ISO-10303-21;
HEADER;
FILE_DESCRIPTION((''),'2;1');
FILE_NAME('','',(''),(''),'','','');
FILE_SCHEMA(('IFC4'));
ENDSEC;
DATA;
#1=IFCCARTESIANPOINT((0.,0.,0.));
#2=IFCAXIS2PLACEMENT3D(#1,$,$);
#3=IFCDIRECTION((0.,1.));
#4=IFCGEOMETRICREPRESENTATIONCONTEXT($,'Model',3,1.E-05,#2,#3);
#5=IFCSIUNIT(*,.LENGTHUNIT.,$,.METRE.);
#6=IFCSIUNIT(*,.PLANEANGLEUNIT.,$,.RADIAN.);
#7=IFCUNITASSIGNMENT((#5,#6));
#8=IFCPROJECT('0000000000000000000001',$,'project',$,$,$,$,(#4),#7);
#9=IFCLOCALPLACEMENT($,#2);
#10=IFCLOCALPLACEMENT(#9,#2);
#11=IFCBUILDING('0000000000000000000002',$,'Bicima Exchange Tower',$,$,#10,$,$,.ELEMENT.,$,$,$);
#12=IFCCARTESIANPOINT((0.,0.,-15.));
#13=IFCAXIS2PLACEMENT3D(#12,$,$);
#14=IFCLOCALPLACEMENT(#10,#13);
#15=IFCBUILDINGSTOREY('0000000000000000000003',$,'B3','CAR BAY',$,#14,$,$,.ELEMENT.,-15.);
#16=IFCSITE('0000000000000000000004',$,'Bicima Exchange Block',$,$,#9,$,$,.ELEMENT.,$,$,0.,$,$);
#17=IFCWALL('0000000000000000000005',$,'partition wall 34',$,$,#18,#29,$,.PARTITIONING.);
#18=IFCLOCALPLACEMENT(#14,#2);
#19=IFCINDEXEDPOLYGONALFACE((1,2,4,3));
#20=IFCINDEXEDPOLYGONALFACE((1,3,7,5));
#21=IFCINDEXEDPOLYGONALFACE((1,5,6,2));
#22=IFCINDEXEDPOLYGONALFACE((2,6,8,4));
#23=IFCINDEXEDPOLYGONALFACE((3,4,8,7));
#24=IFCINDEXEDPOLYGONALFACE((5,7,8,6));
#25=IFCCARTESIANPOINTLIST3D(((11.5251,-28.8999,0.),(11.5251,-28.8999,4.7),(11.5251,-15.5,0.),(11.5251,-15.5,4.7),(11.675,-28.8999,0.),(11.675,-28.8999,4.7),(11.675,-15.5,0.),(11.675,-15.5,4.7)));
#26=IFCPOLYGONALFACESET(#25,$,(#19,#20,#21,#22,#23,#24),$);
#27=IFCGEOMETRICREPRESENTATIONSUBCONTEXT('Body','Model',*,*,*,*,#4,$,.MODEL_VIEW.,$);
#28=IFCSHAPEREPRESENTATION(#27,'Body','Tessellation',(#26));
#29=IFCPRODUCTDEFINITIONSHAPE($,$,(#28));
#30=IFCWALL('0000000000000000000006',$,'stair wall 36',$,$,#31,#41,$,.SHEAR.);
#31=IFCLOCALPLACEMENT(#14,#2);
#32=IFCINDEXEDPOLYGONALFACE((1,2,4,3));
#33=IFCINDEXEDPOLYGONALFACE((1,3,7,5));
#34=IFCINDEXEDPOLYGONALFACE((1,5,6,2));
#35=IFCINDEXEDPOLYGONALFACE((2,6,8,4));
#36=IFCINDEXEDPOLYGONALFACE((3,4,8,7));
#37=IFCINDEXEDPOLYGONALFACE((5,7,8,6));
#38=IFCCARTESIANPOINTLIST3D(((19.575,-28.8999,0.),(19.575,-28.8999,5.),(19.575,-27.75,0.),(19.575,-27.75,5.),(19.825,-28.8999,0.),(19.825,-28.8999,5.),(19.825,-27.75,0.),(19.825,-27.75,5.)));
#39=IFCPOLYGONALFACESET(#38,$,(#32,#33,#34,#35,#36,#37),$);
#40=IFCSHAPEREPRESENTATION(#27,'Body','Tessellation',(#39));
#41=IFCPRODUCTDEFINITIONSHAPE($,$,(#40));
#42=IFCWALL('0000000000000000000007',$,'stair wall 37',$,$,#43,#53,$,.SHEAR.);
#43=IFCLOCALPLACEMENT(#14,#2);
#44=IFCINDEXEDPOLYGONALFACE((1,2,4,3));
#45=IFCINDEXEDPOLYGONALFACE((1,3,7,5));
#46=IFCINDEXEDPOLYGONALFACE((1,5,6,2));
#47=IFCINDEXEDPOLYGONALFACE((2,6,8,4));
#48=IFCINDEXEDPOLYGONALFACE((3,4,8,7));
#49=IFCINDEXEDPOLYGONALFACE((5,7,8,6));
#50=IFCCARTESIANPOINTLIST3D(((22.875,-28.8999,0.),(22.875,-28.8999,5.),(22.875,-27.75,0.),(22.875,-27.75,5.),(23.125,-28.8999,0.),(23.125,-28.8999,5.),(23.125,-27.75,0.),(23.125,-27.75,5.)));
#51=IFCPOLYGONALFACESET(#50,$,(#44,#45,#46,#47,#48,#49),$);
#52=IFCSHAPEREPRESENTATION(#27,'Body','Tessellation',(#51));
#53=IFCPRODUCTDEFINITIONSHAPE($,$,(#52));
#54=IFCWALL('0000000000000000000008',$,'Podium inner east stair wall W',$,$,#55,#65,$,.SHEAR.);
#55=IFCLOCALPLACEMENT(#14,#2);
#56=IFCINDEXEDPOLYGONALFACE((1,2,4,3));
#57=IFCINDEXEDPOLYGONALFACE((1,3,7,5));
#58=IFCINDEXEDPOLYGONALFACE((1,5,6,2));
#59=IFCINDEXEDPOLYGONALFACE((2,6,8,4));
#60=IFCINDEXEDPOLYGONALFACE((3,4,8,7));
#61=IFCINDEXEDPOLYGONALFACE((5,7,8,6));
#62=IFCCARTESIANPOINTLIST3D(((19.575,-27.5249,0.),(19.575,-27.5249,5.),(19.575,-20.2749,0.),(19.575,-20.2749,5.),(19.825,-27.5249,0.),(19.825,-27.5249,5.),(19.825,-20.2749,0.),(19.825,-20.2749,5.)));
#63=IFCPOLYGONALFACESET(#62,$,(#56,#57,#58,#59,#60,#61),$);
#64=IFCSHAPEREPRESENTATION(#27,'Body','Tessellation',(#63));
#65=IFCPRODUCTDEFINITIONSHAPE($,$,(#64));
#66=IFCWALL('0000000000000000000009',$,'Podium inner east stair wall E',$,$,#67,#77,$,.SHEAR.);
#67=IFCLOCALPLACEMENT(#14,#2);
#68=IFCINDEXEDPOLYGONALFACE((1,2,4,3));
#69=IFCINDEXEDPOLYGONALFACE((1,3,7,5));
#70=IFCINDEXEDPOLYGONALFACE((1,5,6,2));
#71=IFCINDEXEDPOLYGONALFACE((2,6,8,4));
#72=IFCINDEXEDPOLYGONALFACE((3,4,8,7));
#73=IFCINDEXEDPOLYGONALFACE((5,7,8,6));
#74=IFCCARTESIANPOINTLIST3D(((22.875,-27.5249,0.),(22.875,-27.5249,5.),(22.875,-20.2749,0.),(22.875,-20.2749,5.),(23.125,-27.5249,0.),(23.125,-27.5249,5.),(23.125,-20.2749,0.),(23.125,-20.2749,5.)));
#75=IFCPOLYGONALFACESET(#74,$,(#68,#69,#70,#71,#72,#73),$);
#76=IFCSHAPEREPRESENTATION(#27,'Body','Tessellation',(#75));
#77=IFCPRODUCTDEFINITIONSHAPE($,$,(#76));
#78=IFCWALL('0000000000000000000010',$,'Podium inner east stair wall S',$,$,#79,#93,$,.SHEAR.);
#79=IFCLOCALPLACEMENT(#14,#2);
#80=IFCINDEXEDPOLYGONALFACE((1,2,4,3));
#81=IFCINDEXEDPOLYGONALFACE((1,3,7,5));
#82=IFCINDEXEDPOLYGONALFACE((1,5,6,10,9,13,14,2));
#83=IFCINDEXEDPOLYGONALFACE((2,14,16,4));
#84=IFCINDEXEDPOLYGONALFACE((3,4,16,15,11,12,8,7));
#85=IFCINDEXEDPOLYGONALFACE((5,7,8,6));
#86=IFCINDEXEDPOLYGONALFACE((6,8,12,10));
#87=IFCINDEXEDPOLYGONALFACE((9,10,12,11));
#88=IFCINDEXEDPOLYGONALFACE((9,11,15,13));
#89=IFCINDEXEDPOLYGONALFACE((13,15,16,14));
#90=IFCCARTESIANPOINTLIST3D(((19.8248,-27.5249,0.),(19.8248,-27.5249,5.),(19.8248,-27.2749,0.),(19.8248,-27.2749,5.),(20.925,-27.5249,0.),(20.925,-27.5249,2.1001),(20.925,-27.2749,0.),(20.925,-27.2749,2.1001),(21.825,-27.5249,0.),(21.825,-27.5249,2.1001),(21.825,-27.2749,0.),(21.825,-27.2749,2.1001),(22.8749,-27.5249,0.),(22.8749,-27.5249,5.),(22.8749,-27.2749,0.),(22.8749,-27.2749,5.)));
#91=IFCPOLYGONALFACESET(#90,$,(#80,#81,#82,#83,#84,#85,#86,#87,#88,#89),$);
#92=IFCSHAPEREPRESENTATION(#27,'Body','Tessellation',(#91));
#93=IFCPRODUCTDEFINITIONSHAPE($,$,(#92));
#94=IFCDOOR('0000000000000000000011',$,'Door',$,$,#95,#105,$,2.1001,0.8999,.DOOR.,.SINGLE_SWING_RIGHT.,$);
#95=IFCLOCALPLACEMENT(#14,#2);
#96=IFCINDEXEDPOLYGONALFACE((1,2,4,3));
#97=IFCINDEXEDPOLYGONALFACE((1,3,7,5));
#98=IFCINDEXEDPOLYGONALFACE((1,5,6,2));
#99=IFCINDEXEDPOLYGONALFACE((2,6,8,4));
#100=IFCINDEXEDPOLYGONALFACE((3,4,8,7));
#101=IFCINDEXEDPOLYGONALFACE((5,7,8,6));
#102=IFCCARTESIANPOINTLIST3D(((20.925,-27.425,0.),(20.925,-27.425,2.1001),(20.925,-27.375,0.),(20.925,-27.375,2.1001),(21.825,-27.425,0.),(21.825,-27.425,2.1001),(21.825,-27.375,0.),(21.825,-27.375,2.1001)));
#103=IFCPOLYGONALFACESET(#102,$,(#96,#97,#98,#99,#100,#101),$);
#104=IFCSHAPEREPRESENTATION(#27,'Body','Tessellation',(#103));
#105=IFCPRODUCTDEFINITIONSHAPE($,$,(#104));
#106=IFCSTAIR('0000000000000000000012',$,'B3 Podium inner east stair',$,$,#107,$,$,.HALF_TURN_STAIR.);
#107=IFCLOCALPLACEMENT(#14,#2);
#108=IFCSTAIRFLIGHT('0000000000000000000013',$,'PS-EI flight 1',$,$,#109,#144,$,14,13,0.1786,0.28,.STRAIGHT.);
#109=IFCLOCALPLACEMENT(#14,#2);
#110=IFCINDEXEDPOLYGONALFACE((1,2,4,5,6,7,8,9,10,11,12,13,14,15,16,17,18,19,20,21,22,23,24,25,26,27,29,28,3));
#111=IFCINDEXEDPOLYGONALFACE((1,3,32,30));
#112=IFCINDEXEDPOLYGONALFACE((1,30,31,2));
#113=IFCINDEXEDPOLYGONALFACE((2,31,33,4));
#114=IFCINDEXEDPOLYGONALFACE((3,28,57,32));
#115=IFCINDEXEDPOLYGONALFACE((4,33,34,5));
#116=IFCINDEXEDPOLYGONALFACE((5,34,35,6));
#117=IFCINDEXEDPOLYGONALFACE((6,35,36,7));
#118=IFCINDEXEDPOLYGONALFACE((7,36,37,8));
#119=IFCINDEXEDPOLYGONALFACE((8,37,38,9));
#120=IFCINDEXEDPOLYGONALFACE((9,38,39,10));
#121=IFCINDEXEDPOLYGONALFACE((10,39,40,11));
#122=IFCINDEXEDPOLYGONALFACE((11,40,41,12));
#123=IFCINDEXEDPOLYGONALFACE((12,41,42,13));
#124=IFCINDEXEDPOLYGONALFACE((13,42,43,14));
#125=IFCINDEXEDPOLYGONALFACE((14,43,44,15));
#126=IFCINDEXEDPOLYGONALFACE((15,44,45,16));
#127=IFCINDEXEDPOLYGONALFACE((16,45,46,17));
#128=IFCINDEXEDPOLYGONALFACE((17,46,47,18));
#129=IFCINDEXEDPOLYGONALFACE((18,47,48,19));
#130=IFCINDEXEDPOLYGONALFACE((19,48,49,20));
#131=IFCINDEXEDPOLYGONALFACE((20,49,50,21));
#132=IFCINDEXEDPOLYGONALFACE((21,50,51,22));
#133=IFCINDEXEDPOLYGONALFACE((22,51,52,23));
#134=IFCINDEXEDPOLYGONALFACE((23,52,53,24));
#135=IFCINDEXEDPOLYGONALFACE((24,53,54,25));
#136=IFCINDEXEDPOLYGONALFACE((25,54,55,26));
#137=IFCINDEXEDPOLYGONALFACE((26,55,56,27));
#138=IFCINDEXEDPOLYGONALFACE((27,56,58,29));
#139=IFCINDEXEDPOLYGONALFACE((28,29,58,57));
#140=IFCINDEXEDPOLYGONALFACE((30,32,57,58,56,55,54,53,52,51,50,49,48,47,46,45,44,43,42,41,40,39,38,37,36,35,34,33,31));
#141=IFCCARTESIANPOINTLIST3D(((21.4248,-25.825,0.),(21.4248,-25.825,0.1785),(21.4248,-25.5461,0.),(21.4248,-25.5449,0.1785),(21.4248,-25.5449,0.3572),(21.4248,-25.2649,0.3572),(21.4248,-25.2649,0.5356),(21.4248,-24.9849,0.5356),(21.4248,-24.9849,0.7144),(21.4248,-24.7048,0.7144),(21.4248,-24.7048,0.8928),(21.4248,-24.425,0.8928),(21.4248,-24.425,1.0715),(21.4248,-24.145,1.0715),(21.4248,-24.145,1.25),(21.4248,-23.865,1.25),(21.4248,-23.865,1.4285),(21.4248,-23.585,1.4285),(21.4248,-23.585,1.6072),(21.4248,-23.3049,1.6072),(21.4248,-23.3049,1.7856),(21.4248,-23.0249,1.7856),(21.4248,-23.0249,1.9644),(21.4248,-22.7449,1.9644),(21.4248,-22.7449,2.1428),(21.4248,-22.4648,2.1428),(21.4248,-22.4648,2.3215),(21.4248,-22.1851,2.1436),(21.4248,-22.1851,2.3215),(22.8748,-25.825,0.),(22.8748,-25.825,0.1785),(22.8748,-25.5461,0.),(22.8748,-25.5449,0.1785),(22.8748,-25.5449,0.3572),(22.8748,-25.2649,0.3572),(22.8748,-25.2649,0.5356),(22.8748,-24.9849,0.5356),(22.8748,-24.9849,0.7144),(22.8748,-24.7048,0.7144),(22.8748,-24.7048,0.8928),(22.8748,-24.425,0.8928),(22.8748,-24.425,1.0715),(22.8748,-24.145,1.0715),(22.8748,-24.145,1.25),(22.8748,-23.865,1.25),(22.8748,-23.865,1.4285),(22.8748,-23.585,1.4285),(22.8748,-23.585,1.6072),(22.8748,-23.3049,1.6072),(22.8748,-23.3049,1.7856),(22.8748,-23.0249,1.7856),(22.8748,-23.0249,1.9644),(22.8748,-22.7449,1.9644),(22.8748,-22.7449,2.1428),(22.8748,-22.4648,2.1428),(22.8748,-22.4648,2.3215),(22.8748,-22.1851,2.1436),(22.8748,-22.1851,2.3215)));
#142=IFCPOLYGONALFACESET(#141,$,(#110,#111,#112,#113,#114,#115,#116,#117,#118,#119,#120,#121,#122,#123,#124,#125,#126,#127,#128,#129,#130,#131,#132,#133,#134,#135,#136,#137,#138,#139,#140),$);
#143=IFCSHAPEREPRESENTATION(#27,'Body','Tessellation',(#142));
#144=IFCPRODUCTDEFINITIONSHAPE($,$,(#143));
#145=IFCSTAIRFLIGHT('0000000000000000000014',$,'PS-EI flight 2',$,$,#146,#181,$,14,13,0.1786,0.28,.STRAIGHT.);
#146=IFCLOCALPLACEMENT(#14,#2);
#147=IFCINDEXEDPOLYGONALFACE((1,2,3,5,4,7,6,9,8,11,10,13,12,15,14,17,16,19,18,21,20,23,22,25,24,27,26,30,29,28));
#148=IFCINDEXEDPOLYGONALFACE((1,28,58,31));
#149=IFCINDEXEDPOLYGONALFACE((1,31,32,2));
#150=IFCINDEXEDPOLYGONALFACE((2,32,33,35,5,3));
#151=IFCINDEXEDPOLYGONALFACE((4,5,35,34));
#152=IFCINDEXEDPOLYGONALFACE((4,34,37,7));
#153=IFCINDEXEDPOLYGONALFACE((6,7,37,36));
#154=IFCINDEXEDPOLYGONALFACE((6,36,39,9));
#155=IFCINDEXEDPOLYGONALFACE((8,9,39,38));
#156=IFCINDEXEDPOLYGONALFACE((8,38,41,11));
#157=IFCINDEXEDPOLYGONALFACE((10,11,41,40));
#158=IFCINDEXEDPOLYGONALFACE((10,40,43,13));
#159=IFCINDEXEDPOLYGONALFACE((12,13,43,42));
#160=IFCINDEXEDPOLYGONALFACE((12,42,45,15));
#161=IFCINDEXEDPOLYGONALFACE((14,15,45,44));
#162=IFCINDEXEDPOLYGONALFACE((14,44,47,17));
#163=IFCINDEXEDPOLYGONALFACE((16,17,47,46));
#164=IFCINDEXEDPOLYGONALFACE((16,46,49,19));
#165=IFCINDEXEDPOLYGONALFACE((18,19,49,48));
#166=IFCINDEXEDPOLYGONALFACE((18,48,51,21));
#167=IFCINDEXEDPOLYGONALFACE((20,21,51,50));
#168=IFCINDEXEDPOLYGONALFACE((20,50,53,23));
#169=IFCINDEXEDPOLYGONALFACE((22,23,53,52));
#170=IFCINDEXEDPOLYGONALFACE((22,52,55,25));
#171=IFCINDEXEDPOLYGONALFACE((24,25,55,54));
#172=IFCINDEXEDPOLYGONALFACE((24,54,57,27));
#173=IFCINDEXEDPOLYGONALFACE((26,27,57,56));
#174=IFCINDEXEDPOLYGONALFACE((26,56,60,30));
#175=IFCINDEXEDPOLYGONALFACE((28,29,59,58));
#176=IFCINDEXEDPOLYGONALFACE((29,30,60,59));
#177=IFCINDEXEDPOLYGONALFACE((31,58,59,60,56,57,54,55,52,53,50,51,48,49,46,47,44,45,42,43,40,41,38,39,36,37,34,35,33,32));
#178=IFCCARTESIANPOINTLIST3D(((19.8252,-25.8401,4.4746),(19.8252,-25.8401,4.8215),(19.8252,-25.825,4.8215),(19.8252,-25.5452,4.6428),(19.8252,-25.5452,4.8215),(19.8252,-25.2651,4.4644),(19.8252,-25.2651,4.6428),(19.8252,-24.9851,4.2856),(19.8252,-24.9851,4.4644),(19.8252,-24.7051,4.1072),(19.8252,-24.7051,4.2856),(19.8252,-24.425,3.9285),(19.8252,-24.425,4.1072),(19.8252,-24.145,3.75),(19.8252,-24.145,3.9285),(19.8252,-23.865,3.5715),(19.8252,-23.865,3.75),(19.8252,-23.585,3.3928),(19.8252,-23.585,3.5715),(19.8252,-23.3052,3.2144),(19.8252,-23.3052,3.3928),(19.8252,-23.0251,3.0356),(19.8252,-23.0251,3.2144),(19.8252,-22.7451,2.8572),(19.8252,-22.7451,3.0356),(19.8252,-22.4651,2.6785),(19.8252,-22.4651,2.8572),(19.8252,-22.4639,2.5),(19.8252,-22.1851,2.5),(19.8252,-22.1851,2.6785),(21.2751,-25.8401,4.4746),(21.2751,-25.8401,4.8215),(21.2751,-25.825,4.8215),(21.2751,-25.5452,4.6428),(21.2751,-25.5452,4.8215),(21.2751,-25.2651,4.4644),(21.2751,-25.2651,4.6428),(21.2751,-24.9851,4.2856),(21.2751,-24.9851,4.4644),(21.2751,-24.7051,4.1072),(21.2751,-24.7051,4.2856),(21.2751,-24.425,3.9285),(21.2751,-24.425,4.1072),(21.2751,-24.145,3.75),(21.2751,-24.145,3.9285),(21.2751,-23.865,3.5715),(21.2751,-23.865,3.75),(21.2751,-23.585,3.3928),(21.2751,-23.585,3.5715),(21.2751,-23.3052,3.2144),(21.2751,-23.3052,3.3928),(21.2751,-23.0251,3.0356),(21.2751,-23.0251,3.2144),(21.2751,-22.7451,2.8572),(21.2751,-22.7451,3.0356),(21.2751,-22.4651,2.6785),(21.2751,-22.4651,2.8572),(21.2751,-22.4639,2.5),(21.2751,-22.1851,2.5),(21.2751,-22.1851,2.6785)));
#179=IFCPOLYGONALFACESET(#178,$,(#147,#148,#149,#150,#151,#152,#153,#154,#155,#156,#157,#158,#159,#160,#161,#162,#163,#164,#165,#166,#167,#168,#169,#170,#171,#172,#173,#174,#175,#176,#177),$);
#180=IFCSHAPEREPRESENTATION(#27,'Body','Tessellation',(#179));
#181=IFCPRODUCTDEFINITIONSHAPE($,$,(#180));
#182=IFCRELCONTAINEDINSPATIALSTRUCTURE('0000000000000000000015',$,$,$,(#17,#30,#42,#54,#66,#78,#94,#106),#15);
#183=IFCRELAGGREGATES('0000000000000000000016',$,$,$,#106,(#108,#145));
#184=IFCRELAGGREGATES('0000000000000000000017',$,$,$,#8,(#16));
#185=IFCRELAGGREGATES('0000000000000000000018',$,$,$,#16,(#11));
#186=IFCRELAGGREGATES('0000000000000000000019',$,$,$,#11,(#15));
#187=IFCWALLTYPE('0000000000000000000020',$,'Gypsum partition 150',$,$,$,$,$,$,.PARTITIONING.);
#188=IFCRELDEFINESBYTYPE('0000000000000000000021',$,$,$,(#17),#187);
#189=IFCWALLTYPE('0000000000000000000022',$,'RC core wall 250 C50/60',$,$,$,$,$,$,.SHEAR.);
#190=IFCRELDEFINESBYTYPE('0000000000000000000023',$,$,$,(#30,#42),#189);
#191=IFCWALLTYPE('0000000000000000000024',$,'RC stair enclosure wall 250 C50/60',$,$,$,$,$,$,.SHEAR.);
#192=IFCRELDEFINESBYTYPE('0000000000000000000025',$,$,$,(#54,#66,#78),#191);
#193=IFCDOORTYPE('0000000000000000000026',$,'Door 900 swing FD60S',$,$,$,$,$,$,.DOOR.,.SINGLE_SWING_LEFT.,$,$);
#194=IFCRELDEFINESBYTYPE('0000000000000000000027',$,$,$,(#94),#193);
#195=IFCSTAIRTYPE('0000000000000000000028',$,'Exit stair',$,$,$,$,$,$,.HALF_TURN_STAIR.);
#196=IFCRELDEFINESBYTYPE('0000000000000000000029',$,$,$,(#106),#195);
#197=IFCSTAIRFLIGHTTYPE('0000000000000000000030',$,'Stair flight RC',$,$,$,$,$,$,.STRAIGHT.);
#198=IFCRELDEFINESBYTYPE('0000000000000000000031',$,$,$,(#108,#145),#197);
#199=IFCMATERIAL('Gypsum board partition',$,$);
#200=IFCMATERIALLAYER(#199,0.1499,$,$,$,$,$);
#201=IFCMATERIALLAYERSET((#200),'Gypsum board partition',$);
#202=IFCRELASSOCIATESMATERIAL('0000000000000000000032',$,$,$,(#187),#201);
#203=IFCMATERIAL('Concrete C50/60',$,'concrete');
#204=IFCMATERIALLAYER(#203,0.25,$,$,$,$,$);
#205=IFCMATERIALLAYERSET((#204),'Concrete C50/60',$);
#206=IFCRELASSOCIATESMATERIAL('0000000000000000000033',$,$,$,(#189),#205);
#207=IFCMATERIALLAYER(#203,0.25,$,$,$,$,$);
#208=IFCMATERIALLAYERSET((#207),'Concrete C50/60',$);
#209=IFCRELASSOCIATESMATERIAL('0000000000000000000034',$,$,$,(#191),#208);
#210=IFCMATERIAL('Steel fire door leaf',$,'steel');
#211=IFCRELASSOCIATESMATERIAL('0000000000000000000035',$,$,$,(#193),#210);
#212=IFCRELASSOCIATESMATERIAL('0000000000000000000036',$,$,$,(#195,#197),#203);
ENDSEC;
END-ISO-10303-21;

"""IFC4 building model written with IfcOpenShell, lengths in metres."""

from ifc_helpers import new_model, si_unit, direction, frame, frame_2d, origin, place, context, subcontext, project, spatial, polyline, rectangle, outline, extrude, material, layer, layer_set, type_object, element, fill, aggregate, save


model = new_model("IFC4")

# Units and contexts
model_context = context("Model", 3, precision=1e-05, world=origin(), true_north=direction((0.0, 1.0)))
body_context = subcontext(model_context, "Body", "Model", "MODEL_VIEW")
ifc_project = project(units=[si_unit("LENGTHUNIT", "METRE"), si_unit("PLANEANGLEUNIT", "RADIAN")], contexts=[model_context])

# Site, building, storey
site_placement = place(None, origin())
site = spatial("IfcSite", under=ifc_project, at=site_placement, Name="Bicima Exchange Block", CompositionType="ELEMENT", RefElevation=0.0)
building_placement = place(site_placement, origin())
building = spatial("IfcBuilding", under=site, at=building_placement, Name="Bicima Exchange Tower", CompositionType="ELEMENT")
storey_placement = place(building_placement, frame((0.0, 0.0, -15.0)))
storey = spatial("IfcBuildingStorey", under=building, at=storey_placement, Name="B3", Description="CAR BAY", CompositionType="ELEMENT", Elevation=-15.0)

# Shared definitions
ifc_material_1 = material(Name="Gypsum board partition")
ifc_material_2 = material(Name="Steel fire door leaf", Category="steel")

# Walls
ifc_layer_1 = layer(ifc_material_1, 0.1499)
ifc_layer_set_1 = layer_set([ifc_layer_1], Name="Gypsum board partition")
wall_type_1 = type_object("IfcWallType", Name="Gypsum partition 150", PredefinedType="PARTITIONING", material=ifc_layer_set_1)
for number, where, z_axis, x_axis, name in (
    (1, (11.6001, -28.8999, 0.0), (0.0, 0.0, 1.0), (0.0, 1.0, 0.0), "partition wall 34"),
):
    element("IfcWall", number, at=place(storey_placement, frame(where, z_axis=z_axis, x_axis=x_axis)), inside=storey, type_object=wall_type_1, Name=name, PredefinedType="PARTITIONING", context=body_context, shape_type="SweptSolid", body=[
        extrude(rectangle(XDim=13.3999, YDim=0.1499, at=frame_2d((6.7, 0.0))), origin(), (0.0, 0.0, 1.0), 4.7),
    ])
ifc_material_3 = material(Name="Concrete C50/60", Category="concrete")
ifc_layer_2 = layer(ifc_material_3, 0.25)
ifc_layer_set_2 = layer_set([ifc_layer_2], Name="Concrete C50/60")
wall_type_2 = type_object("IfcWallType", Name="RC core wall 250 C50/60", PredefinedType="SHEAR", material=ifc_layer_set_2)
for number, where, z_axis, x_axis, name in (
    (2, (19.7, -28.8999, 0.0), (0.0, 0.0, 1.0), (0.0, 1.0, 0.0), "stair wall 36"),
    (3, (23.0, -28.8999, 0.0), (0.0, 0.0, 1.0), (0.0, 1.0, 0.0), "stair wall 37"),
):
    element("IfcWall", number, at=place(storey_placement, frame(where, z_axis=z_axis, x_axis=x_axis)), inside=storey, type_object=wall_type_2, Name=name, PredefinedType="SHEAR", context=body_context, shape_type="SweptSolid", body=[
        extrude(rectangle(XDim=1.1499, YDim=0.25, at=frame_2d((0.575, 0.0))), origin(), (0.0, 0.0, 1.0), 5.0),
    ])
ifc_layer_3 = layer(ifc_material_3, 0.25)
ifc_layer_set_3 = layer_set([ifc_layer_3], Name="Concrete C50/60")
wall_type_3 = type_object("IfcWallType", Name="RC stair enclosure wall 250 C50/60", PredefinedType="SHEAR", material=ifc_layer_set_3)
for number, where, z_axis, x_axis, name in (
    (4, (19.7, -27.5249, 0.0), (0.0, 0.0, 1.0), (0.0, 1.0, 0.0), "Podium inner east stair wall W"),
    (5, (23.0, -27.5249, 0.0), (0.0, 0.0, 1.0), (0.0, 1.0, 0.0), "Podium inner east stair wall E"),
):
    element("IfcWall", number, at=place(storey_placement, frame(where, z_axis=z_axis, x_axis=x_axis)), inside=storey, type_object=wall_type_3, Name=name, PredefinedType="SHEAR", context=body_context, shape_type="SweptSolid", body=[
        extrude(rectangle(XDim=7.25, YDim=0.25, at=frame_2d((3.625, 0.0))), origin(), (0.0, 0.0, 1.0), 5.0),
    ])

# Wall, opening, door
wall_1_placement = place(storey_placement, frame((19.825, -27.3999, 0.0), z_axis=(0.0, 0.0, 1.0), x_axis=(1.0, 0.0, 0.0)))
wall_1 = element("IfcWall", 6, at=wall_1_placement, inside=storey, type_object=wall_type_3, Name="Podium inner east stair wall S", PredefinedType="SHEAR", context=body_context, shape_type="SweptSolid", body=[
    extrude(rectangle(XDim=3.05, YDim=0.25, at=frame_2d((1.5249, 0.0))), origin(), (0.0, 0.0, 1.0), 5.0),
])
opening_1_placement = place(wall_1_placement, frame((1.1001, 0.0, 0.0)))
opening_1 = element("IfcOpeningElement", 7, at=opening_1_placement, cuts=wall_1, PredefinedType="OPENING", context=body_context, shape_type="SweptSolid", body=[
    extrude(rectangle(XDim=0.8999, YDim=2.1001, at=frame_2d((0.45, 1.05))), frame((0.0, 0.137, 0.0), z_axis=(0.0, -1.0, 0.0), x_axis=(1.0, 0.0, 0.0)), (0.0, 0.0, 1.0), 0.2739),
])
door_type_1 = type_object("IfcDoorType", Name="Door 900 swing FD60S", OperationType="SINGLE_SWING_LEFT", PredefinedType="DOOR", material=ifc_material_2)
door_1_placement = place(opening_1_placement, origin())
door_1 = element("IfcDoor", 8, at=door_1_placement, inside=storey, type_object=door_type_1, Name="Door", OperationType="SINGLE_SWING_RIGHT", OverallHeight=2.1001, OverallWidth=0.8999, PredefinedType="DOOR", context=body_context, shape_type="SweptSolid", body=[
    extrude(rectangle(XDim=0.8999, YDim=2.1001, at=frame_2d((0.45, 1.05))), frame((0.0, 0.0249, 0.0), z_axis=(0.0, -1.0, 0.0), x_axis=(1.0, 0.0, 0.0)), (0.0, 0.0, 1.0), 0.05),
])
fill(opening_1, door_1)

# Stair, stair flights
stair_type = type_object("IfcStairType", Name="Exit stair", PredefinedType="HALF_TURN_STAIR", material=ifc_material_3)
stair_placement = place(storey_placement, origin())
stair = element("IfcStair", 9, at=stair_placement, inside=storey, type_object=stair_type, Name="B3 Podium inner east stair", PredefinedType="HALF_TURN_STAIR")
stair_flight_type = type_object("IfcStairFlightType", Name="Stair flight RC", PredefinedType="STRAIGHT", material=ifc_material_3)
stair_flight_1_placement = place(storey_placement, frame((22.1499, -25.825, 0.0), z_axis=(0.0, 0.0, 1.0), x_axis=(0.0, 1.0, 0.0)))
stair_flight_1 = element("IfcStairFlight", 10, at=stair_flight_1_placement, type_object=stair_flight_type, Name="PS-EI flight 1", NumberOfRisers=14, NumberOfTreads=13, PredefinedType="STRAIGHT", RiserHeight=0.1786, TreadLength=0.28, context=body_context, shape_type="SweptSolid", body=[
    extrude(outline(polyline([(0.0, 0.0), (0.0, 0.1785), (0.28, 0.1785), (0.28, 0.3572), (0.5601, 0.3572), (0.5601, 0.5356), (0.8401, 0.5356), (0.8401, 0.7144), (1.1201, 0.7144), (1.1201, 0.8928), (1.3999, 0.8928), (1.3999, 1.0715), (1.6799, 1.0715), (1.6799, 1.25), (1.96, 1.25), (1.96, 1.4285), (2.24, 1.4285), (2.24, 1.6072), (2.52, 1.6072), (2.52, 1.7856), (2.8, 1.7856), (2.8, 1.9644), (3.0801, 1.9644), (3.0801, 2.1428), (3.3601, 2.1428), (3.3601, 2.3215), (3.6399, 2.3215), (3.6399, 2.5), (3.6399, 2.1436), (0.2788, 0.0), (0.0, 0.0)])), frame((0.0, 0.7251, 0.0), z_axis=(0.0, -1.0, 0.0), x_axis=(1.0, 0.0, 0.0)), (0.0, 0.0, 1.0), 1.45),
])
stair_flight_2_placement = place(storey_placement, frame((20.55, -22.1851, 2.5), z_axis=(0.0, 0.0, 1.0), x_axis=(0.0, -1.0, 0.0)))
stair_flight_2 = element("IfcStairFlight", 11, at=stair_flight_2_placement, type_object=stair_flight_type, Name="PS-EI flight 2", NumberOfRisers=14, NumberOfTreads=13, PredefinedType="STRAIGHT", RiserHeight=0.1786, TreadLength=0.28, context=body_context, shape_type="SweptSolid", body=[
    extrude(outline(polyline([(0.0, 0.0), (0.0, 0.1785), (0.28, 0.1785), (0.28, 0.3572), (0.5601, 0.3572), (0.5601, 0.5356), (0.8401, 0.5356), (0.8401, 0.7144), (1.1201, 0.7144), (1.1201, 0.8928), (1.3999, 0.8928), (1.3999, 1.0715), (1.6799, 1.0715), (1.6799, 1.25), (1.96, 1.25), (1.96, 1.4285), (2.24, 1.4285), (2.24, 1.6072), (2.52, 1.6072), (2.52, 1.7856), (2.8, 1.7856), (2.8, 1.9644), (3.0801, 1.9644), (3.0801, 2.1428), (3.3601, 2.1428), (3.3601, 2.3215), (3.6399, 2.3215), (3.655, 2.3215), (3.655, 1.9746), (0.2788, 0.0), (0.0, 0.0)])), frame((0.0, 0.7251, 0.0), z_axis=(0.0, -1.0, 0.0), x_axis=(1.0, 0.0, 0.0)), (0.0, 0.0, 1.0), 1.45),
])
aggregate(stair, [stair_flight_1, stair_flight_2])

save(model, "model.ifc")
